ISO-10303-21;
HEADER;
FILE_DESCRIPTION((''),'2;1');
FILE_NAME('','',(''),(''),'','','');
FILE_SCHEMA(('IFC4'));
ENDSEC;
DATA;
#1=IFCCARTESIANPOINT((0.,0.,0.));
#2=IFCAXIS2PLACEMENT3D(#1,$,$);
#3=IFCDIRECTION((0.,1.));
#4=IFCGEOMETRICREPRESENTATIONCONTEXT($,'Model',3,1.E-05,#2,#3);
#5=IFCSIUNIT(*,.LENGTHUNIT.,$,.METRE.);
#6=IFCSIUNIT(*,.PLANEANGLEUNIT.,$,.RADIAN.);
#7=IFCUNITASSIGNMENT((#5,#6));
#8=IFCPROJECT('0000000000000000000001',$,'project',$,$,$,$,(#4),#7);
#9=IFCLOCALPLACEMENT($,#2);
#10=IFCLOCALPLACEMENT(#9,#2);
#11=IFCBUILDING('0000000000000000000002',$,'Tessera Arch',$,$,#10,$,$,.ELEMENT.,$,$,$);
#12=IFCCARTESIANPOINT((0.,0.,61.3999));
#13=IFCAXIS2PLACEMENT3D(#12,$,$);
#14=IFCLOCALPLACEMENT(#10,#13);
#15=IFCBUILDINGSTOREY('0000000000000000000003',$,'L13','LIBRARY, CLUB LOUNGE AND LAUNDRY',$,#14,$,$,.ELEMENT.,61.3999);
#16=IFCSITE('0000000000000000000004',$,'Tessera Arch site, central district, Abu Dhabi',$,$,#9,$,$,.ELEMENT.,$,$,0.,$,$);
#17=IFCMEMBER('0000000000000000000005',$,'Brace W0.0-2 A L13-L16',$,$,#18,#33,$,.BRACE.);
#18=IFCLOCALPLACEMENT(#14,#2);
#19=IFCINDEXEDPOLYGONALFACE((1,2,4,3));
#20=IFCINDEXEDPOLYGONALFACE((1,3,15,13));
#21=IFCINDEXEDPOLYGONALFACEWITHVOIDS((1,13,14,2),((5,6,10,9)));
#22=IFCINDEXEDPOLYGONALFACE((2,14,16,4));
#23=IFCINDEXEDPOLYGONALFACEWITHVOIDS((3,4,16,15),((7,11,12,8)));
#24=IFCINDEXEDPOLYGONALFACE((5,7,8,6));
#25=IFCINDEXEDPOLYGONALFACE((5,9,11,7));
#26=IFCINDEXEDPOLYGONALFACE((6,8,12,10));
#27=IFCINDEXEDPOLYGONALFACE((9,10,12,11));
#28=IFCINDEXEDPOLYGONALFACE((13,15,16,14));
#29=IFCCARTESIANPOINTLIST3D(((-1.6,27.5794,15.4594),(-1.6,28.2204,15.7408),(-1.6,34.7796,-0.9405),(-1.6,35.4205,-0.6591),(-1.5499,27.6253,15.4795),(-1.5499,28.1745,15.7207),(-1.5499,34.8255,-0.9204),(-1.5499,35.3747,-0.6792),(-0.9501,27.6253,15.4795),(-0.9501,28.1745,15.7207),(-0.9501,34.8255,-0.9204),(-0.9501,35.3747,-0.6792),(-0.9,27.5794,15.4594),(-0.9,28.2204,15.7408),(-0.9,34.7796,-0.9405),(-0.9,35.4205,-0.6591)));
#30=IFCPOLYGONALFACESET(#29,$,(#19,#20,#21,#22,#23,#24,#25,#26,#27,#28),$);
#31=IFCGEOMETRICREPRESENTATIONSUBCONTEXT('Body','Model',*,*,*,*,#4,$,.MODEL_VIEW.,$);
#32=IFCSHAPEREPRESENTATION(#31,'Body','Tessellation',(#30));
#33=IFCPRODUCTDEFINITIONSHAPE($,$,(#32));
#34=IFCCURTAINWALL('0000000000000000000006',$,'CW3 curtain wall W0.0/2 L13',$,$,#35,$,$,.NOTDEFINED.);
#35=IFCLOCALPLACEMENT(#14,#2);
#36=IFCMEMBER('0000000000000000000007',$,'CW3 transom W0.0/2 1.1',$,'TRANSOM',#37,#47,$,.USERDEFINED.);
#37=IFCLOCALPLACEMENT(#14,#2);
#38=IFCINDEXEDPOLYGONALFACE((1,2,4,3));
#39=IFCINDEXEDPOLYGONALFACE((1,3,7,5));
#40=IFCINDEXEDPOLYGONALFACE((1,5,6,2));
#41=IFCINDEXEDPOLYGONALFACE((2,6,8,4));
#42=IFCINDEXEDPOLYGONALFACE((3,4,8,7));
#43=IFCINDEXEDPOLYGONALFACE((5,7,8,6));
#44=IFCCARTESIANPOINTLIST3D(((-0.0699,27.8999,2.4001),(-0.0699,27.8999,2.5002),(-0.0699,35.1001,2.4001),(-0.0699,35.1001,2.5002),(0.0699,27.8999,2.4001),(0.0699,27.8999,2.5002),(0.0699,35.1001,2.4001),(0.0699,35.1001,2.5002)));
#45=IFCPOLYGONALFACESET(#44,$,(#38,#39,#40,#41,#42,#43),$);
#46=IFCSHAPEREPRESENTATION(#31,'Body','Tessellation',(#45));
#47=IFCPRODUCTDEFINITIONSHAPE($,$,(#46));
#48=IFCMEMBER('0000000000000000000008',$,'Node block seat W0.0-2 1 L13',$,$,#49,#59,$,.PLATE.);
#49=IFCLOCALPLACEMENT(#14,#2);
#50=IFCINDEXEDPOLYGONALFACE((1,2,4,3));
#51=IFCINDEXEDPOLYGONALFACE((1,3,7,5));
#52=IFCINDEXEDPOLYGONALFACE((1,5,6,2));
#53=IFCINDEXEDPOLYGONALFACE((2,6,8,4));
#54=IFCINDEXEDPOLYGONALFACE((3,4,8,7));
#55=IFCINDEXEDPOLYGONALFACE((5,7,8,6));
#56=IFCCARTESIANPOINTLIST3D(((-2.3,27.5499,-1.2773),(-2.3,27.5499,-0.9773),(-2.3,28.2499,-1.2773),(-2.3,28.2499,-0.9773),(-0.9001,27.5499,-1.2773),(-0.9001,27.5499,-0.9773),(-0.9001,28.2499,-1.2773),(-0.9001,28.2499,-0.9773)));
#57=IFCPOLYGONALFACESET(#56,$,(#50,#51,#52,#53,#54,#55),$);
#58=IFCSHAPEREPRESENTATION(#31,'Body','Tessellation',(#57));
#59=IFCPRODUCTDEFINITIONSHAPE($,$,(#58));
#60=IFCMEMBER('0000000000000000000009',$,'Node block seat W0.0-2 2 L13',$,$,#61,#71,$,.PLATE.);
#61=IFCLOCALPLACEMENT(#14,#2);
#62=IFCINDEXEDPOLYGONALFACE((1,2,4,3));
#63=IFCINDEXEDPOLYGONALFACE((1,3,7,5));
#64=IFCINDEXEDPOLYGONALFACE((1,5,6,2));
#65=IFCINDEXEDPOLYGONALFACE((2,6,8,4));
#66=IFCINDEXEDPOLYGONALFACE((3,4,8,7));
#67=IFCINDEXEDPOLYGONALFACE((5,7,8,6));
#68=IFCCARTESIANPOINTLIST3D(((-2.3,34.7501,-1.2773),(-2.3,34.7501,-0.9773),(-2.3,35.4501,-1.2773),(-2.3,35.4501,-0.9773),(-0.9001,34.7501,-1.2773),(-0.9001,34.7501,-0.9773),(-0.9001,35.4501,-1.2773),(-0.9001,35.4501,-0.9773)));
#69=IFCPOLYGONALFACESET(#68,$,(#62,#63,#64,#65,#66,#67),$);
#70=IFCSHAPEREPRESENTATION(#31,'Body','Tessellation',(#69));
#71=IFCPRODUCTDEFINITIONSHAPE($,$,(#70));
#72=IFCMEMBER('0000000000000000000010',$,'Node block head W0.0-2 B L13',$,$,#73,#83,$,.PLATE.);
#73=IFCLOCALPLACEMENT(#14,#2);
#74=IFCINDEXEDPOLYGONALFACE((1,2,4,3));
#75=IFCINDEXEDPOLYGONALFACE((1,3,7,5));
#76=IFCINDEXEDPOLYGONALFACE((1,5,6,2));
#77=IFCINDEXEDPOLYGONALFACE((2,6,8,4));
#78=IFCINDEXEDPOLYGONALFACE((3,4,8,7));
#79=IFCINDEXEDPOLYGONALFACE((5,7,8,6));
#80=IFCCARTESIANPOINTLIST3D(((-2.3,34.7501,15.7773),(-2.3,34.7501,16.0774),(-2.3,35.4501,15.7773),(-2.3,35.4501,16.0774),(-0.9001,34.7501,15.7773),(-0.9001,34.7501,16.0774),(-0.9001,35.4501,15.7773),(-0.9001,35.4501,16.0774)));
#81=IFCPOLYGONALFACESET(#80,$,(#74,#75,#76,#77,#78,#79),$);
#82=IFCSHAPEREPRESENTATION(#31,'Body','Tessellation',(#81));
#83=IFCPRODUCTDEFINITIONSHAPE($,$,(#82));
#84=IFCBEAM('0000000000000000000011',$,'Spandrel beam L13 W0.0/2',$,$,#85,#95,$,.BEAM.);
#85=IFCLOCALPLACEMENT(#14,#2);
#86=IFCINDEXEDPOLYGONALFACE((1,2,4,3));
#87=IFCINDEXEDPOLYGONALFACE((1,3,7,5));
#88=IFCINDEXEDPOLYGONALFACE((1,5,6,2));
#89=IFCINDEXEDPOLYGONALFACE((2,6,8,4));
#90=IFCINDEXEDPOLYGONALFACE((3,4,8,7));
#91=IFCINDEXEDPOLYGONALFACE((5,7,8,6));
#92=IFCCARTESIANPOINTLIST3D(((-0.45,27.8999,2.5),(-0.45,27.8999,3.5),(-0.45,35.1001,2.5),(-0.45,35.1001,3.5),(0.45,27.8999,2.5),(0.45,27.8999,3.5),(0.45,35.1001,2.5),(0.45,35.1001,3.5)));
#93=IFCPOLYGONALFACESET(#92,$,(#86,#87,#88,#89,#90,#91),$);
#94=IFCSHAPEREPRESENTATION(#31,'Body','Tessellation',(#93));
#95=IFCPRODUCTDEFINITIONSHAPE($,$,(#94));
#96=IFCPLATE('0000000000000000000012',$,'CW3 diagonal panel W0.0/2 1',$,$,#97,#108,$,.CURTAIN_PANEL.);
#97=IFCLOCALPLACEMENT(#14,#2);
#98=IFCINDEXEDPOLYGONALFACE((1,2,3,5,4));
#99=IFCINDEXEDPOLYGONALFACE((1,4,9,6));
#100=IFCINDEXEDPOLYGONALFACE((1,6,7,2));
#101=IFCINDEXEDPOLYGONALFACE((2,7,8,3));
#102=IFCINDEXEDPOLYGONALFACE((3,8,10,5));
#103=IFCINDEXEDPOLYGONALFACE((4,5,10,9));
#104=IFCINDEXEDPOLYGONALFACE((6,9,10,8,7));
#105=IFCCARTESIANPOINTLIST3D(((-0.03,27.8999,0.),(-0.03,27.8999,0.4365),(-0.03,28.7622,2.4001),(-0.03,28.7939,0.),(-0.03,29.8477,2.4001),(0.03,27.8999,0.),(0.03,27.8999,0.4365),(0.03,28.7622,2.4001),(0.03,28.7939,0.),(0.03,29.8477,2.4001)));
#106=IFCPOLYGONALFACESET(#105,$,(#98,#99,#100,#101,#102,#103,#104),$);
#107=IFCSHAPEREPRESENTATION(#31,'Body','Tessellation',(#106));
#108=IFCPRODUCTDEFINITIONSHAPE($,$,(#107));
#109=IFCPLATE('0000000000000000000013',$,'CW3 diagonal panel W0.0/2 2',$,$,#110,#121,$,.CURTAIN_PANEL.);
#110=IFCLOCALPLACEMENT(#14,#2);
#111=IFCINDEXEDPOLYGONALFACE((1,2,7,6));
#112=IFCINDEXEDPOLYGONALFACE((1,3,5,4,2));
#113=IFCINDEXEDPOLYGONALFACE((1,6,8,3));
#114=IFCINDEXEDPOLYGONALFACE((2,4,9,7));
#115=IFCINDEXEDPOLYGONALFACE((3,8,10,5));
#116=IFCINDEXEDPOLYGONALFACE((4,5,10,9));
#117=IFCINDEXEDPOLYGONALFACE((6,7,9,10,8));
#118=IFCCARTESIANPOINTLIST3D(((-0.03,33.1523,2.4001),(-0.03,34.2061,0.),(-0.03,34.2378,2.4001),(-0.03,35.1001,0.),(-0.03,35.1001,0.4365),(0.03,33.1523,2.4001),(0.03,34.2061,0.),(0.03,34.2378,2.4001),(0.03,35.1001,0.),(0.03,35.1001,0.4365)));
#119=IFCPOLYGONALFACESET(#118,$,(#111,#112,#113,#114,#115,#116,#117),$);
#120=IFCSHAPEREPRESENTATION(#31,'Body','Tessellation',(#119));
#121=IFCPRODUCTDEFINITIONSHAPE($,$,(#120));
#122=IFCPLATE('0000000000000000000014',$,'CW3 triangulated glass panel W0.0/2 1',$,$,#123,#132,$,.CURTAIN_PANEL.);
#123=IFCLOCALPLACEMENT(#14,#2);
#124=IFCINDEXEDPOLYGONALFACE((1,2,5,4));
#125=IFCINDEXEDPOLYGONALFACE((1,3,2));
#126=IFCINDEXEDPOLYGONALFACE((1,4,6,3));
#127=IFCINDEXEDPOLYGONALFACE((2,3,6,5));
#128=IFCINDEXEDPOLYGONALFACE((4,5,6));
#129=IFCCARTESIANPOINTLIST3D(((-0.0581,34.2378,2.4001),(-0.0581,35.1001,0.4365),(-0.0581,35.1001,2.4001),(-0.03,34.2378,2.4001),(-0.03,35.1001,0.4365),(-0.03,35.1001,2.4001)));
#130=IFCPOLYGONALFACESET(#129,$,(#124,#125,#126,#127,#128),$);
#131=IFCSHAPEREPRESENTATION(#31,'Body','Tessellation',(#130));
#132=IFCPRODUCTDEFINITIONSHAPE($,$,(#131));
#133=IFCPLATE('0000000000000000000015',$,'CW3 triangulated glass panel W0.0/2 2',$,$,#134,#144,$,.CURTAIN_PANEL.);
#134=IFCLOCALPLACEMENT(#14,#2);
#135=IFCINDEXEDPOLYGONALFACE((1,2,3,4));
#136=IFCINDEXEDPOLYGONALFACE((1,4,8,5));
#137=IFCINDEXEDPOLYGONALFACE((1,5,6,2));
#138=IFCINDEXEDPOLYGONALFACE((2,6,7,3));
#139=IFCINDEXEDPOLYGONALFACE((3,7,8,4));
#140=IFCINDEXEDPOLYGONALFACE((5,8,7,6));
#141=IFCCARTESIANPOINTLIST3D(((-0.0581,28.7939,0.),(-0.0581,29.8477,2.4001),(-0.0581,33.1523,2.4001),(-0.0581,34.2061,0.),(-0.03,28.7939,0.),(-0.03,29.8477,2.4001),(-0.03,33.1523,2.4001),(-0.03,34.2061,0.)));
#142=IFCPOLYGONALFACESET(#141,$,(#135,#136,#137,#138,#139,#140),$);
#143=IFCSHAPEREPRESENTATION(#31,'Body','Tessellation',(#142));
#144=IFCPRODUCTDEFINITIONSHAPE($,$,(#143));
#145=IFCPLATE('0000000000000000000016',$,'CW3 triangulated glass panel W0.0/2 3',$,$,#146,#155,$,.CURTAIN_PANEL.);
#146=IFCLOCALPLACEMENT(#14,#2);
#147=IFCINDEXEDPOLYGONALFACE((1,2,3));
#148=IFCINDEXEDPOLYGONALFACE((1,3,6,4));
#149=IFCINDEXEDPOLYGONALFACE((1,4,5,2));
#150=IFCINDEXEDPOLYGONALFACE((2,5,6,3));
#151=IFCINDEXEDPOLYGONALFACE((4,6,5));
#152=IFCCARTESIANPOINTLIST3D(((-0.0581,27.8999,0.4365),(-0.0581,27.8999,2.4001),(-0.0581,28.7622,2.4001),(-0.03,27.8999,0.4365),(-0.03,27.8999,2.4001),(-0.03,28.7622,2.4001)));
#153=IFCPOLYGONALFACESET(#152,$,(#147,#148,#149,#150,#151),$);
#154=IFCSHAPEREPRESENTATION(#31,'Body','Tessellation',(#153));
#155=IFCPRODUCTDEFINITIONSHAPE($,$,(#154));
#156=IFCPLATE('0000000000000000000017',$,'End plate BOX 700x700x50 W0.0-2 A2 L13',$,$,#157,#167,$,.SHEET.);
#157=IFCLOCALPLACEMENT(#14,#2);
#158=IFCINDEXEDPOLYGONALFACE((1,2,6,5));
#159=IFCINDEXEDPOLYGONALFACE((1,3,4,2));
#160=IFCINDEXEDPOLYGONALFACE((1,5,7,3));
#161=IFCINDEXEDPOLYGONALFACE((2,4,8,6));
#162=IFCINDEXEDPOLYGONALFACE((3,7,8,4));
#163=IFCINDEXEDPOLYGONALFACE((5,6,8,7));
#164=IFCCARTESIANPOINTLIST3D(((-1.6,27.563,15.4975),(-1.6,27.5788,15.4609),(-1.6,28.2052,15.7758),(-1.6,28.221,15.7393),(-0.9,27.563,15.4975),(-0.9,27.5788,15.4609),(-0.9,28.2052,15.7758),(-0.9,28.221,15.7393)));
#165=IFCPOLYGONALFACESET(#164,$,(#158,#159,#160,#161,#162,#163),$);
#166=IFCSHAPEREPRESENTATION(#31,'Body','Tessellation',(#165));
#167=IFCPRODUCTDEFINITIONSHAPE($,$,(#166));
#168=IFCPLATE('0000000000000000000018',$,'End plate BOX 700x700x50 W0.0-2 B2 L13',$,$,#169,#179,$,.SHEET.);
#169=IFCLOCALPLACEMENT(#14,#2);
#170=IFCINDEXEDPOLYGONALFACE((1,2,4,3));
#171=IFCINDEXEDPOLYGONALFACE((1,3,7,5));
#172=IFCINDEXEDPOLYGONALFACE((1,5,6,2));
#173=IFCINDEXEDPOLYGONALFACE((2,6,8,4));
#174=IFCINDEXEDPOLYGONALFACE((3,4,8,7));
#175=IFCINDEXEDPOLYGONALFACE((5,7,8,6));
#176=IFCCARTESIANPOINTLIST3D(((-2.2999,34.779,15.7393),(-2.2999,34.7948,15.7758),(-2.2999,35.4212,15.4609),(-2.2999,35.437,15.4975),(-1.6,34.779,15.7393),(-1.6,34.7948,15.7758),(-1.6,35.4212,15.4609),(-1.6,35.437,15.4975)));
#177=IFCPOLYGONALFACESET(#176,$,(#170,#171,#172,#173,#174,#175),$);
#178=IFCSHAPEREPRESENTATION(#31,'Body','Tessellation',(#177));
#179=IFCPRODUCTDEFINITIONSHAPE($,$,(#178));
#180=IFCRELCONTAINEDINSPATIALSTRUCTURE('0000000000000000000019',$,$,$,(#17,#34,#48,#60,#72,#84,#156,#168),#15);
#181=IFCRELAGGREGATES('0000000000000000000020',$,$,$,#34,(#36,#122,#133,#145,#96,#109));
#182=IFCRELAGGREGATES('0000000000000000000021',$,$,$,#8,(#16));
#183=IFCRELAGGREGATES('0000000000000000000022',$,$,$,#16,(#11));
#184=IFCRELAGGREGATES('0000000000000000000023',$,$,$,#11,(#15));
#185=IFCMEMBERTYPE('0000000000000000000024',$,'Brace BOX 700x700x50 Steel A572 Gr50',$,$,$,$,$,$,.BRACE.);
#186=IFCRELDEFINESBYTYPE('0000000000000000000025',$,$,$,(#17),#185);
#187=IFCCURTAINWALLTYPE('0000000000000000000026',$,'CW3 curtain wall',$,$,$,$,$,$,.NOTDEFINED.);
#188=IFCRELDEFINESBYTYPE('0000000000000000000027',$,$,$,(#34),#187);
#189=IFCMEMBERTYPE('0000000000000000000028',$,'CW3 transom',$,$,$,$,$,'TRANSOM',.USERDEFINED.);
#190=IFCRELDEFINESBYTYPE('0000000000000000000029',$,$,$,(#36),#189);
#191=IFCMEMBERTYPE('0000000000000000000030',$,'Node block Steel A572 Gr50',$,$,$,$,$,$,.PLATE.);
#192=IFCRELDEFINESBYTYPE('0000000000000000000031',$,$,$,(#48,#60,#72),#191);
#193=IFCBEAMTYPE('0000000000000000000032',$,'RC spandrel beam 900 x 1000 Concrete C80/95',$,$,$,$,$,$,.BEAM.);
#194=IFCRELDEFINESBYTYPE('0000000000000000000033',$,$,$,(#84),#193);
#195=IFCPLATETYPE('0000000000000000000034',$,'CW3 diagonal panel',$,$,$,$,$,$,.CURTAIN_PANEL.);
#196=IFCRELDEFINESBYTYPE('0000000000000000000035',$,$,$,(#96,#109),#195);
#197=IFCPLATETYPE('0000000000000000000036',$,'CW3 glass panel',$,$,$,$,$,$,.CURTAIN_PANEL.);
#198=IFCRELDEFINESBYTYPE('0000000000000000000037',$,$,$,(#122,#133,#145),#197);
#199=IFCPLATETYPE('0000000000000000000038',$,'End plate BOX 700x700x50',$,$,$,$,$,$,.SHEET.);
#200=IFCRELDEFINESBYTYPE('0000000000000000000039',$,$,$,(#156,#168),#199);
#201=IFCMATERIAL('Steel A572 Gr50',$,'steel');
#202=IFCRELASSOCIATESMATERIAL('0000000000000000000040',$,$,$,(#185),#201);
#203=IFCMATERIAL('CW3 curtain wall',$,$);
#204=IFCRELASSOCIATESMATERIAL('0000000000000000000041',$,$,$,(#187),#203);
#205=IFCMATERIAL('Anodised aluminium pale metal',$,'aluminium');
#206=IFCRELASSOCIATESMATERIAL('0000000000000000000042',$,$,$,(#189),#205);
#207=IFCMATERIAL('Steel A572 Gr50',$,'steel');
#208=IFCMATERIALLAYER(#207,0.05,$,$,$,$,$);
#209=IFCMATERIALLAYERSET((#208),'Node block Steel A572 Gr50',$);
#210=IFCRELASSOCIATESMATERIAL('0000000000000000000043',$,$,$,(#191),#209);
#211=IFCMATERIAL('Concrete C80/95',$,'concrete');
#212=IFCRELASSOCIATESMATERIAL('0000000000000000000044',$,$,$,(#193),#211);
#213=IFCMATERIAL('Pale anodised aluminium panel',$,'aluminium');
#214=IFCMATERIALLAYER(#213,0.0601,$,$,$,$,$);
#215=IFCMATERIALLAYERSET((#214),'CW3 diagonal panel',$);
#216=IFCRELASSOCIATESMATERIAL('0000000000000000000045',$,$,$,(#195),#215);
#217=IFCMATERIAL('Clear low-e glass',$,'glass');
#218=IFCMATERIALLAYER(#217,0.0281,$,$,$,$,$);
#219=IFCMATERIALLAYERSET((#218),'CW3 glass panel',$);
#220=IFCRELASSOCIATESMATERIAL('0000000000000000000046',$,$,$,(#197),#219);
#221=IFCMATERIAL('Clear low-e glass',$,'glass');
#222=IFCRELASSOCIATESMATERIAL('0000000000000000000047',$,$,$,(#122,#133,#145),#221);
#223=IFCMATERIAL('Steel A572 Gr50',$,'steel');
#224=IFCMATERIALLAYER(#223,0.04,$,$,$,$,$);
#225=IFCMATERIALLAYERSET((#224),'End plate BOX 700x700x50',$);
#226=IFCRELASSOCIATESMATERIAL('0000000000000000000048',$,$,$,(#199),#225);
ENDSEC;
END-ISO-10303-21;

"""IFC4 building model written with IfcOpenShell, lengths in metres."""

from ifc_helpers import new_model, si_unit, direction, frame, origin, origin_2d, place, context, subcontext, project, spatial, polyline, rectangle, hollow_rectangle, outline, extrude, material, layer, layer_set, material_profile, profile_set, type_object, element, aggregate, save


model = new_model("IFC4")

# Units and contexts
model_context = context("Model", 3, precision=1e-05, world=origin(), true_north=direction((0.0, 1.0)))
body_context = subcontext(model_context, "Body", "Model", "MODEL_VIEW")
ifc_project = project(units=[si_unit("LENGTHUNIT", "METRE"), si_unit("PLANEANGLEUNIT", "RADIAN")], contexts=[model_context])

# Site, building, storey
site_placement = place(None, origin())
site = spatial("IfcSite", under=ifc_project, at=site_placement, Name="Tessera Arch site, central district, Abu Dhabi", CompositionType="ELEMENT", RefElevation=0.0)
building_placement = place(site_placement, origin())
building = spatial("IfcBuilding", under=site, at=building_placement, Name="Tessera Arch", CompositionType="ELEMENT")
storey_placement = place(building_placement, frame((0.0, 0.0, 61.3999)))
storey = spatial("IfcBuildingStorey", under=building, at=storey_placement, Name="L13", Description="LIBRARY, CLUB LOUNGE AND LAUNDRY", CompositionType="ELEMENT", Elevation=61.3999)

# Member
ifc_material_1 = material(Name="Steel A572 Gr50", Category="steel")
ifc_material_profile_1 = material_profile(ifc_material_1, hollow_rectangle(XDim=0.7, YDim=0.7, WallThickness=0.05, at=origin_2d()), Name="BOX 700x700x50")
ifc_profile_set_1 = profile_set([ifc_material_profile_1], Name="Steel A572 Gr50")
member_type_1 = type_object("IfcMemberType", Name="Brace BOX 700x700x50 Steel A572 Gr50", PredefinedType="BRACE", material=ifc_profile_set_1)
member_1_placement = place(storey_placement, frame((-1.25, 35.1001, -0.7998), z_axis=(0.0, -0.402001, 0.915639), x_axis=(1.0, 0.0, 0.0)))
element("IfcMember", 1, at=member_1_placement, inside=storey, type_object=member_type_1, Name="Brace W0.0-2 A L13-L16", PredefinedType="BRACE", context=body_context, shape_type="SweptSolid", body=[
    extrude(hollow_rectangle(XDim=0.7, YDim=0.7, WallThickness=0.05, at=origin_2d()), origin(), (0.0, 0.0, 1.0), 17.9109),
])

# Curtain wall, member
ifc_material_2 = material(Name="CW3 curtain wall")
curtain_wall_type = type_object("IfcCurtainWallType", Name="CW3 curtain wall", PredefinedType="NOTDEFINED", material=ifc_material_2)
curtain_wall_placement = place(storey_placement, origin())
curtain_wall = element("IfcCurtainWall", 2, at=curtain_wall_placement, inside=storey, type_object=curtain_wall_type, Name="CW3 curtain wall W0.0/2 L13", PredefinedType="NOTDEFINED")
ifc_material_3 = material(Name="Anodised aluminium pale metal", Category="aluminium")
ifc_material_profile_2 = material_profile(ifc_material_3, rectangle(XDim=0.1399, YDim=0.1001, at=origin_2d()), Name="AL 140x100")
ifc_profile_set_2 = profile_set([ifc_material_profile_2], Name="Anodised aluminium pale metal")
member_type_2 = type_object("IfcMemberType", Name="CW3 transom", ElementType="TRANSOM", PredefinedType="USERDEFINED", material=ifc_profile_set_2)
member_2_placement = place(storey_placement, frame((0.0, 35.1001, 2.4502), z_axis=(0.0, -1.0, 0.0), x_axis=(1.0, 0.0, 0.0)))
member_2 = element("IfcMember", 3, at=member_2_placement, type_object=member_type_2, Name="CW3 transom W0.0/2 1.1", ObjectType="TRANSOM", PredefinedType="USERDEFINED", context=body_context, shape_type="SweptSolid", body=[
    extrude(rectangle(XDim=0.1399, YDim=0.1001, at=origin_2d()), origin(), (0.0, 0.0, 1.0), 7.2002),
])

# Members
ifc_material_4 = material(Name="Steel A572 Gr50", Category="steel")
ifc_layer_1 = layer(ifc_material_4, 0.05)
ifc_layer_set_1 = layer_set([ifc_layer_1], Name="Node block Steel A572 Gr50")
member_type_3 = type_object("IfcMemberType", Name="Node block Steel A572 Gr50", PredefinedType="PLATE", material=ifc_layer_set_1)
for number, where, z_axis, x_axis, name in (
    (4, (-1.6001, 27.8999, -1.2773), (0.0, 0.0, 1.0), (0.0, -1.0, 0.0), "Node block seat W0.0-2 1 L13"),
    (5, (-1.6001, 35.1001, -1.2773), (0.0, 0.0, 1.0), (0.0, -1.0, 0.0), "Node block seat W0.0-2 2 L13"),
    (6, (-1.6001, 35.1001, 15.7773), (0.0, 0.0, 1.0), (0.0, -1.0, 0.0), "Node block head W0.0-2 B L13"),
):
    element("IfcMember", number, at=place(storey_placement, frame(where, z_axis=z_axis, x_axis=x_axis)), inside=storey, type_object=member_type_3, Name=name, PredefinedType="PLATE", context=body_context, shape_type="SweptSolid", body=[
        extrude(rectangle(XDim=0.7, YDim=1.3999, at=origin_2d()), origin(), (0.0, 0.0, 1.0), 0.3),
    ])

# Beam
ifc_material_5 = material(Name="Concrete C80/95", Category="concrete")
ifc_material_profile_3 = material_profile(ifc_material_5, rectangle(XDim=0.8999, YDim=1.0, at=origin_2d()), Name="RC spandrel beam 900 x 1000 Concrete C80/95")
ifc_profile_set_3 = profile_set([ifc_material_profile_3], Name="Concrete C80/95")
beam_type = type_object("IfcBeamType", Name="RC spandrel beam 900 x 1000 Concrete C80/95", PredefinedType="BEAM", material=ifc_profile_set_3)
beam_placement = place(storey_placement, frame((0.0, 35.1001, 3.0), z_axis=(0.0, -1.0, 0.0), x_axis=(1.0, 0.0, 0.0)))
element("IfcBeam", 7, at=beam_placement, inside=storey, type_object=beam_type, Name="Spandrel beam L13 W0.0/2", PredefinedType="BEAM", context=body_context, shape_type="SweptSolid", body=[
    extrude(rectangle(XDim=0.8999, YDim=1.0, at=origin_2d()), origin(), (0.0, 0.0, 1.0), 7.2002),
])

# Plates
ifc_material_6 = material(Name="Pale anodised aluminium panel", Category="aluminium")
ifc_layer_2 = layer(ifc_material_6, 0.0601)
ifc_layer_set_2 = layer_set([ifc_layer_2], Name="CW3 diagonal panel")
plate_type_1 = type_object("IfcPlateType", Name="CW3 diagonal panel", PredefinedType="CURTAIN_PANEL", material=ifc_layer_set_2)
plate_1_placement = place(storey_placement, frame((-0.03, 27.8999, 0.0), z_axis=(-1.0, 0.0, 0.0), x_axis=(0.0, 0.0, 1.0)))
plate_1 = element("IfcPlate", 8, at=plate_1_placement, type_object=plate_type_1, Name="CW3 diagonal panel W0.0/2 1", PredefinedType="CURTAIN_PANEL", context=body_context, shape_type="SweptSolid", body=[
    extrude(outline(polyline([(0.0, 0.0), (0.4365, 0.0), (2.4001, 0.8623), (2.4001, 1.9478), (0.0, 0.894), (0.0, 0.0)])), origin(), (0.0, 0.0, -1.0), 0.0601),
])
plate_2_placement = place(storey_placement, frame((-0.03, 33.1523, 2.4001), z_axis=(-1.0, 0.0, 0.0), x_axis=(0.0, 1.0, 0.0)))
plate_2 = element("IfcPlate", 9, at=plate_2_placement, type_object=plate_type_1, Name="CW3 diagonal panel W0.0/2 2", PredefinedType="CURTAIN_PANEL", context=body_context, shape_type="SweptSolid", body=[
    extrude(outline(polyline([(0.0, 0.0), (1.0854, 0.0), (1.9478, 1.9636), (1.9478, 2.4001), (1.0537, 2.4001), (0.0, 0.0)])), origin(), (0.0, 0.0, -1.0), 0.0601),
])
ifc_material_7 = material(Name="Clear low-e glass", Category="glass")
ifc_material_8 = material(Name="Clear low-e glass", Category="glass")
ifc_layer_3 = layer(ifc_material_8, 0.0281)
ifc_layer_set_3 = layer_set([ifc_layer_3], Name="CW3 glass panel")
plate_type_2 = type_object("IfcPlateType", Name="CW3 glass panel", PredefinedType="CURTAIN_PANEL", material=ifc_layer_set_3)
plate_3_placement = place(storey_placement, frame((-0.0581, 35.1001, 2.4001), z_axis=(-1.0, 0.0, 0.0), x_axis=(0.0, 0.0, -1.0)))
plate_3 = element("IfcPlate", 10, at=plate_3_placement, type_object=plate_type_2, material=ifc_material_7, Name="CW3 triangulated glass panel W0.0/2 1", PredefinedType="CURTAIN_PANEL", context=body_context, shape_type="SweptSolid", body=[
    extrude(outline(polyline([(0.0, 0.0), (1.9636, 0.0), (0.0, 0.8623), (0.0, 0.0)])), origin(), (0.0, 0.0, -1.0), 0.0281),
])
plate_4_placement = place(storey_placement, frame((-0.0581, 29.8477, 2.4001), z_axis=(-1.0, 0.0, 0.0), x_axis=(0.0, 1.0, 0.0)))
plate_4 = element("IfcPlate", 11, at=plate_4_placement, type_object=plate_type_2, material=ifc_material_7, Name="CW3 triangulated glass panel W0.0/2 2", PredefinedType="CURTAIN_PANEL", context=body_context, shape_type="SweptSolid", body=[
    extrude(outline(polyline([(0.0, 0.0), (3.3047, 0.0), (4.3584, 2.4001), (-1.0537, 2.4001), (0.0, 0.0)])), origin(), (0.0, 0.0, -1.0), 0.0281),
])
plate_5_placement = place(storey_placement, frame((-0.0581, 27.8999, 2.4001), z_axis=(-1.0, 0.0, 0.0), x_axis=(0.0, 1.0, 0.0)))
plate_5 = element("IfcPlate", 12, at=plate_5_placement, type_object=plate_type_2, material=ifc_material_7, Name="CW3 triangulated glass panel W0.0/2 3", PredefinedType="CURTAIN_PANEL", context=body_context, shape_type="SweptSolid", body=[
    extrude(outline(polyline([(0.0, 0.0), (0.8623, 0.0), (0.0, 1.9636), (0.0, 0.0)])), origin(), (0.0, 0.0, -1.0), 0.0281),
])
aggregate(curtain_wall, [member_2, plate_3, plate_4, plate_5, plate_1, plate_2])

# Plates
ifc_material_9 = material(Name="Steel A572 Gr50", Category="steel")
ifc_layer_4 = layer(ifc_material_9, 0.04)
ifc_layer_set_4 = layer_set([ifc_layer_4], Name="End plate BOX 700x700x50")
plate_type_3 = type_object("IfcPlateType", Name="End plate BOX 700x700x50", PredefinedType="SHEET", material=ifc_layer_set_4)
for number, where, z_axis, x_axis, name in (
    (13, (-1.25, 27.8999, 15.6001), (0.0, -0.397607, 0.917556), (1.0, 0.0, 0.0), "End plate BOX 700x700x50 W0.0-2 A2 L13"),
    (14, (-1.95, 35.1001, 15.6001), (0.0, 0.397607, 0.917556), (-1.0, 0.0, 0.0), "End plate BOX 700x700x50 W0.0-2 B2 L13"),
):
    element("IfcPlate", number, at=place(storey_placement, frame(where, z_axis=z_axis, x_axis=x_axis)), inside=storey, type_object=plate_type_3, Name=name, PredefinedType="SHEET", context=body_context, shape_type="SweptSolid", body=[
        extrude(rectangle(XDim=0.7, YDim=0.7, at=origin_2d()), origin(), (0.0, 0.0, 1.0), 0.0398),
    ])

save(model, "model.ifc")
